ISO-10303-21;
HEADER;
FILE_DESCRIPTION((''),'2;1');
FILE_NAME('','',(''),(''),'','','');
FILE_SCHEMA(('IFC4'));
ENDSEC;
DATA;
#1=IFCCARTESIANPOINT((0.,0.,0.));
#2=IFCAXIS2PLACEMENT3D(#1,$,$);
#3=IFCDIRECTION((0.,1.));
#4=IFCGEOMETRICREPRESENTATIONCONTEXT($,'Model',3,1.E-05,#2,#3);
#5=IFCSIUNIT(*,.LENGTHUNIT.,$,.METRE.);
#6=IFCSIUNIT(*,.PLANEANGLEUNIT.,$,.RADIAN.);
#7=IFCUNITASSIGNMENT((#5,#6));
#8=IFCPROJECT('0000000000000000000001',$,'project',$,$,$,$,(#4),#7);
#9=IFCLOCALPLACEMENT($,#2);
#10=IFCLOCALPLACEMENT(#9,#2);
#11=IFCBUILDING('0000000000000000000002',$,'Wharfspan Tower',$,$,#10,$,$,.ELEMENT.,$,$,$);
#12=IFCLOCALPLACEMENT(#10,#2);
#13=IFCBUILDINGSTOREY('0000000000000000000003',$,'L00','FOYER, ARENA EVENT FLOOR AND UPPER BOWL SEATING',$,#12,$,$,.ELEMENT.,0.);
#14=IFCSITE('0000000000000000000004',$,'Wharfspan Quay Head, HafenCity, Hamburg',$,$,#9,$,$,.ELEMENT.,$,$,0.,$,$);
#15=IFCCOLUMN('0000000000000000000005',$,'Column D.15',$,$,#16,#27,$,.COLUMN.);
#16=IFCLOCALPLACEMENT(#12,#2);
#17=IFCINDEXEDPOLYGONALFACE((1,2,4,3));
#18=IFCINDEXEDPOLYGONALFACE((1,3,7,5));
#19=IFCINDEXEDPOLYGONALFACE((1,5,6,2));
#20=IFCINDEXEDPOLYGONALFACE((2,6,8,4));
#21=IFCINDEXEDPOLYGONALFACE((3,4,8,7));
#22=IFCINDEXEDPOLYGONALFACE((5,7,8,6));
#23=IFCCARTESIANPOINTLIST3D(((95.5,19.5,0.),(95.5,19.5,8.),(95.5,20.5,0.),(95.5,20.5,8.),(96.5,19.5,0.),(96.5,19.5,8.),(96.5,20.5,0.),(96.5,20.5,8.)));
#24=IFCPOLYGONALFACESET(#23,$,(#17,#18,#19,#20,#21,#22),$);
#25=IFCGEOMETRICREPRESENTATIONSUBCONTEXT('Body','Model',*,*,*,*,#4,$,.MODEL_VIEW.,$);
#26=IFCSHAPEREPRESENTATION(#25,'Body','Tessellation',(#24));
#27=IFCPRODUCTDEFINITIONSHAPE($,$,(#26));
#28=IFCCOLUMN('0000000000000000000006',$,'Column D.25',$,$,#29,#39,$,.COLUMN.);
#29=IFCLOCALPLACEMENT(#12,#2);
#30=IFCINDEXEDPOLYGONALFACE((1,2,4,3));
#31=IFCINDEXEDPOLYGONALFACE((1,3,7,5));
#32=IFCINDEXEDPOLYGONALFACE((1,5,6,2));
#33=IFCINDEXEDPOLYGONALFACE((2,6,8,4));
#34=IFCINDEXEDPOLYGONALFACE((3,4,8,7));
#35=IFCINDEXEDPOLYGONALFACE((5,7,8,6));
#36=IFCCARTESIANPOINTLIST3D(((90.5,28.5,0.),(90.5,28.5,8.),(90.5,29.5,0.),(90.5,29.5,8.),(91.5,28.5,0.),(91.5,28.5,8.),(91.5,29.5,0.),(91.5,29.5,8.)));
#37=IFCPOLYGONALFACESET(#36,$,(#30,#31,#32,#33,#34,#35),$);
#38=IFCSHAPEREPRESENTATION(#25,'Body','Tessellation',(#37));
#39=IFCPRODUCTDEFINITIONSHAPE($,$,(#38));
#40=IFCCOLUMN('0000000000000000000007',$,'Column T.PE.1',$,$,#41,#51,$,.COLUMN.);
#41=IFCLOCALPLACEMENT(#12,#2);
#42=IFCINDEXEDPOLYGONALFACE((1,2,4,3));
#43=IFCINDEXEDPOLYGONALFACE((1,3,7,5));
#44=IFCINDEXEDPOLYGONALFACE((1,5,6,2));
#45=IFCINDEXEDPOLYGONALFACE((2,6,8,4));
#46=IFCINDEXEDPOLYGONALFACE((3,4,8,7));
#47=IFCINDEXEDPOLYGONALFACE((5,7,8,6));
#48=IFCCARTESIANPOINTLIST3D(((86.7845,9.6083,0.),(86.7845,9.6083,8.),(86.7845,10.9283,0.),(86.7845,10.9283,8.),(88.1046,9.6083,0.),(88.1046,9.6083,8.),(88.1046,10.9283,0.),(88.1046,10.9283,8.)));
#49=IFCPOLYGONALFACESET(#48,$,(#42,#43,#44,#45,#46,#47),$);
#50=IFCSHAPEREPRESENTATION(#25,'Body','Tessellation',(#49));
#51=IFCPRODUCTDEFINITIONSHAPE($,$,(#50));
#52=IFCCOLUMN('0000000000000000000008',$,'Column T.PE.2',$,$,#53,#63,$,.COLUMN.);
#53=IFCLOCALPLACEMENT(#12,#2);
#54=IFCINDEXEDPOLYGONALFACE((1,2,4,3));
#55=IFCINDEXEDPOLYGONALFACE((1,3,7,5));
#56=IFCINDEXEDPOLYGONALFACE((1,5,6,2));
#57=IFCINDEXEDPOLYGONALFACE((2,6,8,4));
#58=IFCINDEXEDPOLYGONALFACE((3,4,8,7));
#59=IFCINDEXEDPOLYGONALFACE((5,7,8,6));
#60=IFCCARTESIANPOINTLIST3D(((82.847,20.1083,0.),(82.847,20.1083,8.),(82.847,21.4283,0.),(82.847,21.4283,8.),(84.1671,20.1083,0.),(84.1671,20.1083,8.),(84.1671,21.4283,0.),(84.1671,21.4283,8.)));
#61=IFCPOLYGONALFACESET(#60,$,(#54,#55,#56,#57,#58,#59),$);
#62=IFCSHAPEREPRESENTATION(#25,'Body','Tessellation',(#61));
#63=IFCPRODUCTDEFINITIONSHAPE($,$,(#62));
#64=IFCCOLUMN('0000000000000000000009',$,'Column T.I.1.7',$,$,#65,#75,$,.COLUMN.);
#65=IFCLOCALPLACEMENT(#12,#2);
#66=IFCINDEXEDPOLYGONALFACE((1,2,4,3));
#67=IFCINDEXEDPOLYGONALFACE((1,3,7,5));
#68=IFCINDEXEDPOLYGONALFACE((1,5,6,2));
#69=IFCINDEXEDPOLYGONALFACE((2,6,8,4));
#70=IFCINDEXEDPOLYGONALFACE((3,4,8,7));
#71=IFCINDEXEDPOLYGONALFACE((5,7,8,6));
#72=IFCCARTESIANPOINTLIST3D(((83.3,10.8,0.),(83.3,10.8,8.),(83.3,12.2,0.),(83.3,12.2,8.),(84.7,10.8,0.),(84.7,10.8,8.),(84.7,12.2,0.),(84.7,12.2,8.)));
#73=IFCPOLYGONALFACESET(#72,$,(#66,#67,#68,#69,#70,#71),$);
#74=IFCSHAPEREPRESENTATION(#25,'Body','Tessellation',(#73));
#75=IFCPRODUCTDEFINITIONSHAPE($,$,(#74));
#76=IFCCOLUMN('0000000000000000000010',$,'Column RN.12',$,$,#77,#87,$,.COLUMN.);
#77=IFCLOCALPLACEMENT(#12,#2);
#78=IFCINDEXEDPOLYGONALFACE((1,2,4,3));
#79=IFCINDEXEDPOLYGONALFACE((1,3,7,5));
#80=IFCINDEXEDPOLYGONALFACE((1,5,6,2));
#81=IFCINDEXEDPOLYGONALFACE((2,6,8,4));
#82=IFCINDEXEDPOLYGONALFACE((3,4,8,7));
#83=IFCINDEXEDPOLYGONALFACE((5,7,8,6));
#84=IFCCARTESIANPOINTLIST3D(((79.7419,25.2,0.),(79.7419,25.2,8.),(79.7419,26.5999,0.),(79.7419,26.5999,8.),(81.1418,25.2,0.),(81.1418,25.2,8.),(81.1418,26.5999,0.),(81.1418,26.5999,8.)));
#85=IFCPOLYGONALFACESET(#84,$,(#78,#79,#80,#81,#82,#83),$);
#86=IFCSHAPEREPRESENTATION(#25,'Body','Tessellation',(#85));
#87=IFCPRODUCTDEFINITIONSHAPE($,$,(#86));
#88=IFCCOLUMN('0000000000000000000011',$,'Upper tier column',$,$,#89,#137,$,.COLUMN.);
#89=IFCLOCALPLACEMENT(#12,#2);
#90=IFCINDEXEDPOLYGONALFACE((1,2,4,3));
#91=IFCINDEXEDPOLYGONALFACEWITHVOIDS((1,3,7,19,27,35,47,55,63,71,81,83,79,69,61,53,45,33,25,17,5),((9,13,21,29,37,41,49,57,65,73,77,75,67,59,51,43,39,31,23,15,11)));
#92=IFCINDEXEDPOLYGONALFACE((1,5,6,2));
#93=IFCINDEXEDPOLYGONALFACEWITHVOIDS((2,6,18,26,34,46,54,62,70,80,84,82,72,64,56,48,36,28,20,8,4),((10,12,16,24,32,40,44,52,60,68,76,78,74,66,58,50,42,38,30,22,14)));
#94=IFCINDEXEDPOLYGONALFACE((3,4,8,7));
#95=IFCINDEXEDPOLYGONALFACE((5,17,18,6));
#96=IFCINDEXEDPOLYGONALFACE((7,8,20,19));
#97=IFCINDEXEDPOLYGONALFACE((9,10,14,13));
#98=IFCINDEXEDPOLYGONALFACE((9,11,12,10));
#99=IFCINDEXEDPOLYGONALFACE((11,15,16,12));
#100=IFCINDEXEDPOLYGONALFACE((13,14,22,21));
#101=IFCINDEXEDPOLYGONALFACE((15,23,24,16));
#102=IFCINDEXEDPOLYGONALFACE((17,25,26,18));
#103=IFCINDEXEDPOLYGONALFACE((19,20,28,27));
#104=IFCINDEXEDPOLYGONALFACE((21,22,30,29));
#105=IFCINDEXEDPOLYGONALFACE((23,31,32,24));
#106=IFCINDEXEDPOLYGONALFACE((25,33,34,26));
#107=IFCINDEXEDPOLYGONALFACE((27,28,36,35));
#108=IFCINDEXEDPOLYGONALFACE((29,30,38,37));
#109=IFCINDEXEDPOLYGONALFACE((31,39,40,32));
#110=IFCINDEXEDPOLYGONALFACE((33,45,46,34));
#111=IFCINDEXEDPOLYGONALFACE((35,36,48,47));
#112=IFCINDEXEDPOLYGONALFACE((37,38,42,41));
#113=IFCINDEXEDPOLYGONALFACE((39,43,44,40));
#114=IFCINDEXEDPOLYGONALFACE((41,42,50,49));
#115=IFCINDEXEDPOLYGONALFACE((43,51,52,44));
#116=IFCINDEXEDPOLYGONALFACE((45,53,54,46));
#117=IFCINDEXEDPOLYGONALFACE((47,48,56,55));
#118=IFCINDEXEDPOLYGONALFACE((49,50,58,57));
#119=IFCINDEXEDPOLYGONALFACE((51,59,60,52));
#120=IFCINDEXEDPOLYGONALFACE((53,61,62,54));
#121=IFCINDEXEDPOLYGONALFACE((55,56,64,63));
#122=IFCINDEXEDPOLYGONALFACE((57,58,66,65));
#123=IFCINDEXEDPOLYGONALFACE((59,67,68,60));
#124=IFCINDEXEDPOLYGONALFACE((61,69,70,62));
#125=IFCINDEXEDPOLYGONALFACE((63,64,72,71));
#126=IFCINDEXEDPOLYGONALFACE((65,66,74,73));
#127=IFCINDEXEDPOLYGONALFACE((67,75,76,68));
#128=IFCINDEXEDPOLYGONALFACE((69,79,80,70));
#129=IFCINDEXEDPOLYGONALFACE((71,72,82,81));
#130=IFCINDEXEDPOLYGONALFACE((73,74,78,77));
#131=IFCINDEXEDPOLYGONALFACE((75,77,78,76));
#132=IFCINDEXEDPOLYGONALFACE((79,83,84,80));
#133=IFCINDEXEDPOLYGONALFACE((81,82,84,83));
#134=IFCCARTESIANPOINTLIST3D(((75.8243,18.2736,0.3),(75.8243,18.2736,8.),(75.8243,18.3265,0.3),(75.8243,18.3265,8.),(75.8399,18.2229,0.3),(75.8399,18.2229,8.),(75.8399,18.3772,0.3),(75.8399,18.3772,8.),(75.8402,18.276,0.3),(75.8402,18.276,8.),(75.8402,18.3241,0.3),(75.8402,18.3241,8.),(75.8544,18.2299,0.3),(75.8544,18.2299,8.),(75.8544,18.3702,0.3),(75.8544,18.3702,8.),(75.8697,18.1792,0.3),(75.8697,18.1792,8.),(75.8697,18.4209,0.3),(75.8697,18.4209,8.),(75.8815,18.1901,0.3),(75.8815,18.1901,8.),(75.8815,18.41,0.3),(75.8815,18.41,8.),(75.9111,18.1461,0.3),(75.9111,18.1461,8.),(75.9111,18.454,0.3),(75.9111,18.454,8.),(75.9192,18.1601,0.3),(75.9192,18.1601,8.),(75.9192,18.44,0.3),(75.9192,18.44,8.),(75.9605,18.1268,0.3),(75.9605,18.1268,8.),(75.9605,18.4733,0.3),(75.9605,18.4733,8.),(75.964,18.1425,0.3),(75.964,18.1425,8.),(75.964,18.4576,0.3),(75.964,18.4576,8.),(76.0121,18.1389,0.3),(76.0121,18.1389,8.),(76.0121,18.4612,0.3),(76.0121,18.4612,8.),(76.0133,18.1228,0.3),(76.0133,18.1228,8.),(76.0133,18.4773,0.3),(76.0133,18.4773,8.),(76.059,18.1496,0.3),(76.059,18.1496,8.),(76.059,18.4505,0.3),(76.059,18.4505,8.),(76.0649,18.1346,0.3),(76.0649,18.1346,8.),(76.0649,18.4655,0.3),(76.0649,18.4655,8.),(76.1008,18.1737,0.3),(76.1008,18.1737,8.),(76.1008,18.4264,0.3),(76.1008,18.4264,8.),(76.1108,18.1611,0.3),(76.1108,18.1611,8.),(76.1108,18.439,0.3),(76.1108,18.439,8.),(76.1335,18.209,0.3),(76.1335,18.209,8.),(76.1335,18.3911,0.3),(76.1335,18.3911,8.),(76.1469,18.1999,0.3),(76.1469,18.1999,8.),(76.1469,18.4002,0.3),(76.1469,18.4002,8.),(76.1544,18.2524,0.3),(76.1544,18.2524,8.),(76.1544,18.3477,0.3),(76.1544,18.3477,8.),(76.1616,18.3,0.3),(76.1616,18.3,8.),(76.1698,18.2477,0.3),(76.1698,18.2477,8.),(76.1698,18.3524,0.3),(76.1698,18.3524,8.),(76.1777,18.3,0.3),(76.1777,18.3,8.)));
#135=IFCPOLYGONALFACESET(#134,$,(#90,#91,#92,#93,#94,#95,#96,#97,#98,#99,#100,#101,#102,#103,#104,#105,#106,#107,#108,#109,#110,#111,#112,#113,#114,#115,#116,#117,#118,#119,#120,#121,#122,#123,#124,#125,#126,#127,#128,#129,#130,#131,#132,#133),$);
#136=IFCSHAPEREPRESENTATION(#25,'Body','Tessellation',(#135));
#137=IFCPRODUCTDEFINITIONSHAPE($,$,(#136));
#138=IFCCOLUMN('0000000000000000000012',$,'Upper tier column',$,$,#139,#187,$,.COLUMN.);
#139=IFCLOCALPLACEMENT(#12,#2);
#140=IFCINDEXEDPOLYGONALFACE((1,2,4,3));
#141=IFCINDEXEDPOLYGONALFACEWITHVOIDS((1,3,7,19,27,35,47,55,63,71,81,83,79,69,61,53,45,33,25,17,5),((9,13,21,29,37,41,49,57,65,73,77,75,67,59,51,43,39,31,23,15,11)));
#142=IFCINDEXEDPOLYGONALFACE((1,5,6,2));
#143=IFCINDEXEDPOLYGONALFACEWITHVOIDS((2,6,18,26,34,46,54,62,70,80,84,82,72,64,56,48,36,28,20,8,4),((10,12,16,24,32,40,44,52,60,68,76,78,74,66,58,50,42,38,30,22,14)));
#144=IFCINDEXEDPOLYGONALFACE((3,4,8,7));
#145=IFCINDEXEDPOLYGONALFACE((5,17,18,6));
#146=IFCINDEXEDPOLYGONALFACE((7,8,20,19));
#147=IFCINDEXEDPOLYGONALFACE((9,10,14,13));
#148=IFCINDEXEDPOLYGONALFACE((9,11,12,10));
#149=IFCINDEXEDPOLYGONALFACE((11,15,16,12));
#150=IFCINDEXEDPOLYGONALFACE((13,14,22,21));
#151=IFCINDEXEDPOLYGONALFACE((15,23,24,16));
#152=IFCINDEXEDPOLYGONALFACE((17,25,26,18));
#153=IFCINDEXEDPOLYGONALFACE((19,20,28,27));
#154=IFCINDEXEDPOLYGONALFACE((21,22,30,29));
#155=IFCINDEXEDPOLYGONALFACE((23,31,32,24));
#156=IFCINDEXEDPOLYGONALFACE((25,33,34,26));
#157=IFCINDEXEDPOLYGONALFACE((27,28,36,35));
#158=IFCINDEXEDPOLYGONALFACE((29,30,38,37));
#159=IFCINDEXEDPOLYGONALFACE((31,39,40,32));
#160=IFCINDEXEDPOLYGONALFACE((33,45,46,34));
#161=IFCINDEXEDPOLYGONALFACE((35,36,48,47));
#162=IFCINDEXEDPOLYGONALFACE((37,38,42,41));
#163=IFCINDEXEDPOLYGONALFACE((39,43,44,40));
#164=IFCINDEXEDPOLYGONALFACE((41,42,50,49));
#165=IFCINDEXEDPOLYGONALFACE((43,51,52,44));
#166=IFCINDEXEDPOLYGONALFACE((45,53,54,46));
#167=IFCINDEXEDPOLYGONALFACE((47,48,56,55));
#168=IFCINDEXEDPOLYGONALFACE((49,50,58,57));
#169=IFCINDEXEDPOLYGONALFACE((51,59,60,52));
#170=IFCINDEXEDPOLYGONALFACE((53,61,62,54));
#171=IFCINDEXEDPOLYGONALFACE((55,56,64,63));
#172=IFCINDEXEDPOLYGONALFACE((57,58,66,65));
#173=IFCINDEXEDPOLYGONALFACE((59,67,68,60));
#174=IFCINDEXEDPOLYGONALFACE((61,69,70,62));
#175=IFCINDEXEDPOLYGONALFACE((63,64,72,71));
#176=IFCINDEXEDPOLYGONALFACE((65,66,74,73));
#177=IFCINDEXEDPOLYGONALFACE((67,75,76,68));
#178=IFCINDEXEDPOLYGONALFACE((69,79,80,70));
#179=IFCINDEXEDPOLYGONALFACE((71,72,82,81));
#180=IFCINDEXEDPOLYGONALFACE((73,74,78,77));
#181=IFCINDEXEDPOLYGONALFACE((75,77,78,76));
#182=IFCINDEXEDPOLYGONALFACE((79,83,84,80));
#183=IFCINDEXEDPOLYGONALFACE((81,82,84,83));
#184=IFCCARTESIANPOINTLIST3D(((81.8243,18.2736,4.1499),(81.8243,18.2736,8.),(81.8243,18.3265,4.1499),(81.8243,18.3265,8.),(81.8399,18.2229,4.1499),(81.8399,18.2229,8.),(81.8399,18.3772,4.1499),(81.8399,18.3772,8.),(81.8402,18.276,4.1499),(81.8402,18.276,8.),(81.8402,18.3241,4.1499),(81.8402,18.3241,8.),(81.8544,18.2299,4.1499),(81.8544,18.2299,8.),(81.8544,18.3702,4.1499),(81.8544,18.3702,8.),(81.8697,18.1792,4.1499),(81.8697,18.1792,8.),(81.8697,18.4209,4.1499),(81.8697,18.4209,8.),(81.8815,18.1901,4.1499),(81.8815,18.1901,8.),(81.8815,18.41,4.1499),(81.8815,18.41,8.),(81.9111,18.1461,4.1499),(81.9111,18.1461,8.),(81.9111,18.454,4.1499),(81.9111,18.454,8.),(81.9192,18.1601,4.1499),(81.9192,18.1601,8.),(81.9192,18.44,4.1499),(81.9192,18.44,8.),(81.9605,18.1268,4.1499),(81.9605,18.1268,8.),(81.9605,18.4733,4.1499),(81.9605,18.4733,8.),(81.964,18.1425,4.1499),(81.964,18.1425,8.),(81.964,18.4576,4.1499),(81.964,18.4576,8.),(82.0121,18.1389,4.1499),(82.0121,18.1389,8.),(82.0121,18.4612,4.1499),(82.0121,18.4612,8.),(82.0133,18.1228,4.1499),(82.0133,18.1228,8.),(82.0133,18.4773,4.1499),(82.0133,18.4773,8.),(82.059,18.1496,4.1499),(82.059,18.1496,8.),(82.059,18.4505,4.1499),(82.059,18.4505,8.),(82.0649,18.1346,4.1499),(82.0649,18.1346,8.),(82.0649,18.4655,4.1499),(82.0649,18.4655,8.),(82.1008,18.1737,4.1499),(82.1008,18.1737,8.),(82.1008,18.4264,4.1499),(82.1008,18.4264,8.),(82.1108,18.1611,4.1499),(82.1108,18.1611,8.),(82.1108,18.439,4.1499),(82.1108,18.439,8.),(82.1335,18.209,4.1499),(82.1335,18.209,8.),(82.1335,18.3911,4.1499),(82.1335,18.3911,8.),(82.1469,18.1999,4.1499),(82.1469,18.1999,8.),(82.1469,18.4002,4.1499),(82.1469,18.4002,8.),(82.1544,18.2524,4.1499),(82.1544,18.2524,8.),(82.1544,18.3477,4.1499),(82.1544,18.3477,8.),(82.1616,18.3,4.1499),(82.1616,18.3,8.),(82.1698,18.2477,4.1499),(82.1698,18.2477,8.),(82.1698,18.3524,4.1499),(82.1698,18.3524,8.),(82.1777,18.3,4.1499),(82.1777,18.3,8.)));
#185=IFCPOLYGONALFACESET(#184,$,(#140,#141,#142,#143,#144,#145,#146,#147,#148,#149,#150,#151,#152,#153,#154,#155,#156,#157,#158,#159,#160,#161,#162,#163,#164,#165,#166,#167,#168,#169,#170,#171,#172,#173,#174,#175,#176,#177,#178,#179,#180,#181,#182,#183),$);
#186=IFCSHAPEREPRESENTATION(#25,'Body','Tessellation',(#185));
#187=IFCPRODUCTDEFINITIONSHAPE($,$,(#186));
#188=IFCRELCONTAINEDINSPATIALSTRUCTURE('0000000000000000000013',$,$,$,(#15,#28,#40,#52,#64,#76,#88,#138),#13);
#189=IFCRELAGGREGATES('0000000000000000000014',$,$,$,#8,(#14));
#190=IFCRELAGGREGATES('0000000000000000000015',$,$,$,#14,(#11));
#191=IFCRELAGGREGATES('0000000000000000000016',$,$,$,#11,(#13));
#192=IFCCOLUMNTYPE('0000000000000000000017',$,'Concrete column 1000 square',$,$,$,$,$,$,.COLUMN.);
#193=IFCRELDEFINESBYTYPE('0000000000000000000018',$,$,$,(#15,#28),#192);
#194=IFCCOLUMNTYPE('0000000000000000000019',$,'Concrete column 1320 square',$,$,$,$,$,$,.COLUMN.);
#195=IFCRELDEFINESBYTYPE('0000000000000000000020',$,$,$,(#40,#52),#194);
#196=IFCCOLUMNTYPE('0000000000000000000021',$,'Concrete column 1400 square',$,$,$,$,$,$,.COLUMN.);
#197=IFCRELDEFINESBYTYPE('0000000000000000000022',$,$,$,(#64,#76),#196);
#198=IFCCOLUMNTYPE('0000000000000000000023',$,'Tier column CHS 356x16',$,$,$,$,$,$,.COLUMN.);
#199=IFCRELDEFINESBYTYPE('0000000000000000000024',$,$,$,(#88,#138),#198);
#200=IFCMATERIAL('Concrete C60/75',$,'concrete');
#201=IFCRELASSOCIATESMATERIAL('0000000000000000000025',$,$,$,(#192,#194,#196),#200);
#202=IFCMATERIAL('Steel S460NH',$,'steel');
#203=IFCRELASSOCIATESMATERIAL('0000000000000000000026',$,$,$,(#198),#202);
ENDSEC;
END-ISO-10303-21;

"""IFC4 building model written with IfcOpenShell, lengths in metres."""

from ifc_helpers import new_model, si_unit, direction, frame, origin, origin_2d, place, context, subcontext, project, spatial, rectangle, hollow_circle, extrude, material, material_profile, profile_set, type_object, element, save


model = new_model("IFC4")

# Units and contexts
model_context = context("Model", 3, precision=1e-05, world=origin(), true_north=direction((0.0, 1.0)))
body_context = subcontext(model_context, "Body", "Model", "MODEL_VIEW")
ifc_project = project(units=[si_unit("LENGTHUNIT", "METRE"), si_unit("PLANEANGLEUNIT", "RADIAN")], contexts=[model_context])

# Site, building, storey
site_placement = place(None, origin())
site = spatial("IfcSite", under=ifc_project, at=site_placement, Name="Wharfspan Quay Head, HafenCity, Hamburg", CompositionType="ELEMENT", RefElevation=0.0)
building_placement = place(site_placement, origin())
building = spatial("IfcBuilding", under=site, at=building_placement, Name="Wharfspan Tower", CompositionType="ELEMENT")
storey_placement = place(building_placement, origin())
storey = spatial("IfcBuildingStorey", under=building, at=storey_placement, Name="L00", Description="FOYER, ARENA EVENT FLOOR AND UPPER BOWL SEATING", CompositionType="ELEMENT", Elevation=0.0)

# Columns
ifc_material_1 = material(Name="Concrete C60/75", Category="concrete")
ifc_material_profile_1 = material_profile(ifc_material_1, rectangle(XDim=1.0, YDim=1.0, at=origin_2d()))
ifc_profile_set_1 = profile_set([ifc_material_profile_1], Name="Concrete C60/75")
column_type_1 = type_object("IfcColumnType", Name="Concrete column 1000 square", PredefinedType="COLUMN", material=ifc_profile_set_1)
for number, where, z_axis, x_axis, name in (
    (1, (96.0, 20.0, 0.0), (0.0, 0.0, 1.0), (1.0, 0.0, 0.0), "Column D.15"),
    (2, (91.0, 29.0, 0.0), (0.0, 0.0, 1.0), (1.0, 0.0, 0.0), "Column D.25"),
):
    element("IfcColumn", number, at=place(storey_placement, frame(where, z_axis=z_axis, x_axis=x_axis)), inside=storey, type_object=column_type_1, Name=name, PredefinedType="COLUMN", context=body_context, shape_type="SweptSolid", body=[
        extrude(rectangle(XDim=1.0, YDim=1.0, at=origin_2d()), origin(), (0.0, 0.0, 1.0), 8.0),
    ])
ifc_material_profile_2 = material_profile(ifc_material_1, rectangle(XDim=1.3201, YDim=1.3201, at=origin_2d()))
ifc_profile_set_2 = profile_set([ifc_material_profile_2], Name="Concrete C60/75")
column_type_2 = type_object("IfcColumnType", Name="Concrete column 1320 square", PredefinedType="COLUMN", material=ifc_profile_set_2)
for number, where, z_axis, x_axis, name in (
    (3, (87.4446, 10.2683, 0.0), (0.0, 0.0, 1.0), (1.0, 0.0, 0.0), "Column T.PE.1"),
    (4, (83.5071, 20.7683, 0.0), (0.0, 0.0, 1.0), (1.0, 0.0, 0.0), "Column T.PE.2"),
):
    element("IfcColumn", number, at=place(storey_placement, frame(where, z_axis=z_axis, x_axis=x_axis)), inside=storey, type_object=column_type_2, Name=name, PredefinedType="COLUMN", context=body_context, shape_type="SweptSolid", body=[
        extrude(rectangle(XDim=1.3201, YDim=1.3201, at=origin_2d()), origin(), (0.0, 0.0, 1.0), 8.0),
    ])
ifc_material_profile_3 = material_profile(ifc_material_1, rectangle(XDim=1.3999, YDim=1.3999, at=origin_2d()))
ifc_profile_set_3 = profile_set([ifc_material_profile_3], Name="Concrete C60/75")
column_type_3 = type_object("IfcColumnType", Name="Concrete column 1400 square", PredefinedType="COLUMN", material=ifc_profile_set_3)
for number, where, z_axis, x_axis, name in (
    (5, (84.0, 11.5, 0.0), (0.0, 0.0, 1.0), (1.0, 0.0, 0.0), "Column T.I.1.7"),
    (6, (80.4419, 25.8999, 0.0), (0.0, 0.0, 1.0), (1.0, 0.0, 0.0), "Column RN.12"),
):
    element("IfcColumn", number, at=place(storey_placement, frame(where, z_axis=z_axis, x_axis=x_axis)), inside=storey, type_object=column_type_3, Name=name, PredefinedType="COLUMN", context=body_context, shape_type="SweptSolid", body=[
        extrude(rectangle(XDim=1.3999, YDim=1.3999, at=origin_2d()), origin(), (0.0, 0.0, 1.0), 8.0),
    ])
ifc_material_2 = material(Name="Steel S460NH", Category="steel")
ifc_material_profile_4 = material_profile(ifc_material_2, hollow_circle(Radius=0.1777, WallThickness=0.0161, at=origin_2d()))
ifc_profile_set_4 = profile_set([ifc_material_profile_4], Name="Steel S460NH")
column_type_4 = type_object("IfcColumnType", Name="Tier column CHS 356x16", PredefinedType="COLUMN", material=ifc_profile_set_4)
column_1_placement = place(storey_placement, frame((76.0, 18.3, 0.3), z_axis=(0.0, 0.0, 1.0), x_axis=(1.0, 0.0, 0.0)))
element("IfcColumn", 7, at=column_1_placement, inside=storey, type_object=column_type_4, Name="Upper tier column", PredefinedType="COLUMN", context=body_context, shape_type="SweptSolid", body=[
    extrude(hollow_circle(Radius=0.1777, WallThickness=0.0161, at=origin_2d()), origin(), (0.0, 0.0, 1.0), 7.7),
])
column_2_placement = place(storey_placement, frame((82.0, 18.3, 4.1499), z_axis=(0.0, 0.0, 1.0), x_axis=(1.0, 0.0, 0.0)))
element("IfcColumn", 8, at=column_2_placement, inside=storey, type_object=column_type_4, Name="Upper tier column", PredefinedType="COLUMN", context=body_context, shape_type="SweptSolid", body=[
    extrude(hollow_circle(Radius=0.1777, WallThickness=0.0161, at=origin_2d()), origin(), (0.0, 0.0, 1.0), 3.8501),
])

save(model, "model.ifc")
